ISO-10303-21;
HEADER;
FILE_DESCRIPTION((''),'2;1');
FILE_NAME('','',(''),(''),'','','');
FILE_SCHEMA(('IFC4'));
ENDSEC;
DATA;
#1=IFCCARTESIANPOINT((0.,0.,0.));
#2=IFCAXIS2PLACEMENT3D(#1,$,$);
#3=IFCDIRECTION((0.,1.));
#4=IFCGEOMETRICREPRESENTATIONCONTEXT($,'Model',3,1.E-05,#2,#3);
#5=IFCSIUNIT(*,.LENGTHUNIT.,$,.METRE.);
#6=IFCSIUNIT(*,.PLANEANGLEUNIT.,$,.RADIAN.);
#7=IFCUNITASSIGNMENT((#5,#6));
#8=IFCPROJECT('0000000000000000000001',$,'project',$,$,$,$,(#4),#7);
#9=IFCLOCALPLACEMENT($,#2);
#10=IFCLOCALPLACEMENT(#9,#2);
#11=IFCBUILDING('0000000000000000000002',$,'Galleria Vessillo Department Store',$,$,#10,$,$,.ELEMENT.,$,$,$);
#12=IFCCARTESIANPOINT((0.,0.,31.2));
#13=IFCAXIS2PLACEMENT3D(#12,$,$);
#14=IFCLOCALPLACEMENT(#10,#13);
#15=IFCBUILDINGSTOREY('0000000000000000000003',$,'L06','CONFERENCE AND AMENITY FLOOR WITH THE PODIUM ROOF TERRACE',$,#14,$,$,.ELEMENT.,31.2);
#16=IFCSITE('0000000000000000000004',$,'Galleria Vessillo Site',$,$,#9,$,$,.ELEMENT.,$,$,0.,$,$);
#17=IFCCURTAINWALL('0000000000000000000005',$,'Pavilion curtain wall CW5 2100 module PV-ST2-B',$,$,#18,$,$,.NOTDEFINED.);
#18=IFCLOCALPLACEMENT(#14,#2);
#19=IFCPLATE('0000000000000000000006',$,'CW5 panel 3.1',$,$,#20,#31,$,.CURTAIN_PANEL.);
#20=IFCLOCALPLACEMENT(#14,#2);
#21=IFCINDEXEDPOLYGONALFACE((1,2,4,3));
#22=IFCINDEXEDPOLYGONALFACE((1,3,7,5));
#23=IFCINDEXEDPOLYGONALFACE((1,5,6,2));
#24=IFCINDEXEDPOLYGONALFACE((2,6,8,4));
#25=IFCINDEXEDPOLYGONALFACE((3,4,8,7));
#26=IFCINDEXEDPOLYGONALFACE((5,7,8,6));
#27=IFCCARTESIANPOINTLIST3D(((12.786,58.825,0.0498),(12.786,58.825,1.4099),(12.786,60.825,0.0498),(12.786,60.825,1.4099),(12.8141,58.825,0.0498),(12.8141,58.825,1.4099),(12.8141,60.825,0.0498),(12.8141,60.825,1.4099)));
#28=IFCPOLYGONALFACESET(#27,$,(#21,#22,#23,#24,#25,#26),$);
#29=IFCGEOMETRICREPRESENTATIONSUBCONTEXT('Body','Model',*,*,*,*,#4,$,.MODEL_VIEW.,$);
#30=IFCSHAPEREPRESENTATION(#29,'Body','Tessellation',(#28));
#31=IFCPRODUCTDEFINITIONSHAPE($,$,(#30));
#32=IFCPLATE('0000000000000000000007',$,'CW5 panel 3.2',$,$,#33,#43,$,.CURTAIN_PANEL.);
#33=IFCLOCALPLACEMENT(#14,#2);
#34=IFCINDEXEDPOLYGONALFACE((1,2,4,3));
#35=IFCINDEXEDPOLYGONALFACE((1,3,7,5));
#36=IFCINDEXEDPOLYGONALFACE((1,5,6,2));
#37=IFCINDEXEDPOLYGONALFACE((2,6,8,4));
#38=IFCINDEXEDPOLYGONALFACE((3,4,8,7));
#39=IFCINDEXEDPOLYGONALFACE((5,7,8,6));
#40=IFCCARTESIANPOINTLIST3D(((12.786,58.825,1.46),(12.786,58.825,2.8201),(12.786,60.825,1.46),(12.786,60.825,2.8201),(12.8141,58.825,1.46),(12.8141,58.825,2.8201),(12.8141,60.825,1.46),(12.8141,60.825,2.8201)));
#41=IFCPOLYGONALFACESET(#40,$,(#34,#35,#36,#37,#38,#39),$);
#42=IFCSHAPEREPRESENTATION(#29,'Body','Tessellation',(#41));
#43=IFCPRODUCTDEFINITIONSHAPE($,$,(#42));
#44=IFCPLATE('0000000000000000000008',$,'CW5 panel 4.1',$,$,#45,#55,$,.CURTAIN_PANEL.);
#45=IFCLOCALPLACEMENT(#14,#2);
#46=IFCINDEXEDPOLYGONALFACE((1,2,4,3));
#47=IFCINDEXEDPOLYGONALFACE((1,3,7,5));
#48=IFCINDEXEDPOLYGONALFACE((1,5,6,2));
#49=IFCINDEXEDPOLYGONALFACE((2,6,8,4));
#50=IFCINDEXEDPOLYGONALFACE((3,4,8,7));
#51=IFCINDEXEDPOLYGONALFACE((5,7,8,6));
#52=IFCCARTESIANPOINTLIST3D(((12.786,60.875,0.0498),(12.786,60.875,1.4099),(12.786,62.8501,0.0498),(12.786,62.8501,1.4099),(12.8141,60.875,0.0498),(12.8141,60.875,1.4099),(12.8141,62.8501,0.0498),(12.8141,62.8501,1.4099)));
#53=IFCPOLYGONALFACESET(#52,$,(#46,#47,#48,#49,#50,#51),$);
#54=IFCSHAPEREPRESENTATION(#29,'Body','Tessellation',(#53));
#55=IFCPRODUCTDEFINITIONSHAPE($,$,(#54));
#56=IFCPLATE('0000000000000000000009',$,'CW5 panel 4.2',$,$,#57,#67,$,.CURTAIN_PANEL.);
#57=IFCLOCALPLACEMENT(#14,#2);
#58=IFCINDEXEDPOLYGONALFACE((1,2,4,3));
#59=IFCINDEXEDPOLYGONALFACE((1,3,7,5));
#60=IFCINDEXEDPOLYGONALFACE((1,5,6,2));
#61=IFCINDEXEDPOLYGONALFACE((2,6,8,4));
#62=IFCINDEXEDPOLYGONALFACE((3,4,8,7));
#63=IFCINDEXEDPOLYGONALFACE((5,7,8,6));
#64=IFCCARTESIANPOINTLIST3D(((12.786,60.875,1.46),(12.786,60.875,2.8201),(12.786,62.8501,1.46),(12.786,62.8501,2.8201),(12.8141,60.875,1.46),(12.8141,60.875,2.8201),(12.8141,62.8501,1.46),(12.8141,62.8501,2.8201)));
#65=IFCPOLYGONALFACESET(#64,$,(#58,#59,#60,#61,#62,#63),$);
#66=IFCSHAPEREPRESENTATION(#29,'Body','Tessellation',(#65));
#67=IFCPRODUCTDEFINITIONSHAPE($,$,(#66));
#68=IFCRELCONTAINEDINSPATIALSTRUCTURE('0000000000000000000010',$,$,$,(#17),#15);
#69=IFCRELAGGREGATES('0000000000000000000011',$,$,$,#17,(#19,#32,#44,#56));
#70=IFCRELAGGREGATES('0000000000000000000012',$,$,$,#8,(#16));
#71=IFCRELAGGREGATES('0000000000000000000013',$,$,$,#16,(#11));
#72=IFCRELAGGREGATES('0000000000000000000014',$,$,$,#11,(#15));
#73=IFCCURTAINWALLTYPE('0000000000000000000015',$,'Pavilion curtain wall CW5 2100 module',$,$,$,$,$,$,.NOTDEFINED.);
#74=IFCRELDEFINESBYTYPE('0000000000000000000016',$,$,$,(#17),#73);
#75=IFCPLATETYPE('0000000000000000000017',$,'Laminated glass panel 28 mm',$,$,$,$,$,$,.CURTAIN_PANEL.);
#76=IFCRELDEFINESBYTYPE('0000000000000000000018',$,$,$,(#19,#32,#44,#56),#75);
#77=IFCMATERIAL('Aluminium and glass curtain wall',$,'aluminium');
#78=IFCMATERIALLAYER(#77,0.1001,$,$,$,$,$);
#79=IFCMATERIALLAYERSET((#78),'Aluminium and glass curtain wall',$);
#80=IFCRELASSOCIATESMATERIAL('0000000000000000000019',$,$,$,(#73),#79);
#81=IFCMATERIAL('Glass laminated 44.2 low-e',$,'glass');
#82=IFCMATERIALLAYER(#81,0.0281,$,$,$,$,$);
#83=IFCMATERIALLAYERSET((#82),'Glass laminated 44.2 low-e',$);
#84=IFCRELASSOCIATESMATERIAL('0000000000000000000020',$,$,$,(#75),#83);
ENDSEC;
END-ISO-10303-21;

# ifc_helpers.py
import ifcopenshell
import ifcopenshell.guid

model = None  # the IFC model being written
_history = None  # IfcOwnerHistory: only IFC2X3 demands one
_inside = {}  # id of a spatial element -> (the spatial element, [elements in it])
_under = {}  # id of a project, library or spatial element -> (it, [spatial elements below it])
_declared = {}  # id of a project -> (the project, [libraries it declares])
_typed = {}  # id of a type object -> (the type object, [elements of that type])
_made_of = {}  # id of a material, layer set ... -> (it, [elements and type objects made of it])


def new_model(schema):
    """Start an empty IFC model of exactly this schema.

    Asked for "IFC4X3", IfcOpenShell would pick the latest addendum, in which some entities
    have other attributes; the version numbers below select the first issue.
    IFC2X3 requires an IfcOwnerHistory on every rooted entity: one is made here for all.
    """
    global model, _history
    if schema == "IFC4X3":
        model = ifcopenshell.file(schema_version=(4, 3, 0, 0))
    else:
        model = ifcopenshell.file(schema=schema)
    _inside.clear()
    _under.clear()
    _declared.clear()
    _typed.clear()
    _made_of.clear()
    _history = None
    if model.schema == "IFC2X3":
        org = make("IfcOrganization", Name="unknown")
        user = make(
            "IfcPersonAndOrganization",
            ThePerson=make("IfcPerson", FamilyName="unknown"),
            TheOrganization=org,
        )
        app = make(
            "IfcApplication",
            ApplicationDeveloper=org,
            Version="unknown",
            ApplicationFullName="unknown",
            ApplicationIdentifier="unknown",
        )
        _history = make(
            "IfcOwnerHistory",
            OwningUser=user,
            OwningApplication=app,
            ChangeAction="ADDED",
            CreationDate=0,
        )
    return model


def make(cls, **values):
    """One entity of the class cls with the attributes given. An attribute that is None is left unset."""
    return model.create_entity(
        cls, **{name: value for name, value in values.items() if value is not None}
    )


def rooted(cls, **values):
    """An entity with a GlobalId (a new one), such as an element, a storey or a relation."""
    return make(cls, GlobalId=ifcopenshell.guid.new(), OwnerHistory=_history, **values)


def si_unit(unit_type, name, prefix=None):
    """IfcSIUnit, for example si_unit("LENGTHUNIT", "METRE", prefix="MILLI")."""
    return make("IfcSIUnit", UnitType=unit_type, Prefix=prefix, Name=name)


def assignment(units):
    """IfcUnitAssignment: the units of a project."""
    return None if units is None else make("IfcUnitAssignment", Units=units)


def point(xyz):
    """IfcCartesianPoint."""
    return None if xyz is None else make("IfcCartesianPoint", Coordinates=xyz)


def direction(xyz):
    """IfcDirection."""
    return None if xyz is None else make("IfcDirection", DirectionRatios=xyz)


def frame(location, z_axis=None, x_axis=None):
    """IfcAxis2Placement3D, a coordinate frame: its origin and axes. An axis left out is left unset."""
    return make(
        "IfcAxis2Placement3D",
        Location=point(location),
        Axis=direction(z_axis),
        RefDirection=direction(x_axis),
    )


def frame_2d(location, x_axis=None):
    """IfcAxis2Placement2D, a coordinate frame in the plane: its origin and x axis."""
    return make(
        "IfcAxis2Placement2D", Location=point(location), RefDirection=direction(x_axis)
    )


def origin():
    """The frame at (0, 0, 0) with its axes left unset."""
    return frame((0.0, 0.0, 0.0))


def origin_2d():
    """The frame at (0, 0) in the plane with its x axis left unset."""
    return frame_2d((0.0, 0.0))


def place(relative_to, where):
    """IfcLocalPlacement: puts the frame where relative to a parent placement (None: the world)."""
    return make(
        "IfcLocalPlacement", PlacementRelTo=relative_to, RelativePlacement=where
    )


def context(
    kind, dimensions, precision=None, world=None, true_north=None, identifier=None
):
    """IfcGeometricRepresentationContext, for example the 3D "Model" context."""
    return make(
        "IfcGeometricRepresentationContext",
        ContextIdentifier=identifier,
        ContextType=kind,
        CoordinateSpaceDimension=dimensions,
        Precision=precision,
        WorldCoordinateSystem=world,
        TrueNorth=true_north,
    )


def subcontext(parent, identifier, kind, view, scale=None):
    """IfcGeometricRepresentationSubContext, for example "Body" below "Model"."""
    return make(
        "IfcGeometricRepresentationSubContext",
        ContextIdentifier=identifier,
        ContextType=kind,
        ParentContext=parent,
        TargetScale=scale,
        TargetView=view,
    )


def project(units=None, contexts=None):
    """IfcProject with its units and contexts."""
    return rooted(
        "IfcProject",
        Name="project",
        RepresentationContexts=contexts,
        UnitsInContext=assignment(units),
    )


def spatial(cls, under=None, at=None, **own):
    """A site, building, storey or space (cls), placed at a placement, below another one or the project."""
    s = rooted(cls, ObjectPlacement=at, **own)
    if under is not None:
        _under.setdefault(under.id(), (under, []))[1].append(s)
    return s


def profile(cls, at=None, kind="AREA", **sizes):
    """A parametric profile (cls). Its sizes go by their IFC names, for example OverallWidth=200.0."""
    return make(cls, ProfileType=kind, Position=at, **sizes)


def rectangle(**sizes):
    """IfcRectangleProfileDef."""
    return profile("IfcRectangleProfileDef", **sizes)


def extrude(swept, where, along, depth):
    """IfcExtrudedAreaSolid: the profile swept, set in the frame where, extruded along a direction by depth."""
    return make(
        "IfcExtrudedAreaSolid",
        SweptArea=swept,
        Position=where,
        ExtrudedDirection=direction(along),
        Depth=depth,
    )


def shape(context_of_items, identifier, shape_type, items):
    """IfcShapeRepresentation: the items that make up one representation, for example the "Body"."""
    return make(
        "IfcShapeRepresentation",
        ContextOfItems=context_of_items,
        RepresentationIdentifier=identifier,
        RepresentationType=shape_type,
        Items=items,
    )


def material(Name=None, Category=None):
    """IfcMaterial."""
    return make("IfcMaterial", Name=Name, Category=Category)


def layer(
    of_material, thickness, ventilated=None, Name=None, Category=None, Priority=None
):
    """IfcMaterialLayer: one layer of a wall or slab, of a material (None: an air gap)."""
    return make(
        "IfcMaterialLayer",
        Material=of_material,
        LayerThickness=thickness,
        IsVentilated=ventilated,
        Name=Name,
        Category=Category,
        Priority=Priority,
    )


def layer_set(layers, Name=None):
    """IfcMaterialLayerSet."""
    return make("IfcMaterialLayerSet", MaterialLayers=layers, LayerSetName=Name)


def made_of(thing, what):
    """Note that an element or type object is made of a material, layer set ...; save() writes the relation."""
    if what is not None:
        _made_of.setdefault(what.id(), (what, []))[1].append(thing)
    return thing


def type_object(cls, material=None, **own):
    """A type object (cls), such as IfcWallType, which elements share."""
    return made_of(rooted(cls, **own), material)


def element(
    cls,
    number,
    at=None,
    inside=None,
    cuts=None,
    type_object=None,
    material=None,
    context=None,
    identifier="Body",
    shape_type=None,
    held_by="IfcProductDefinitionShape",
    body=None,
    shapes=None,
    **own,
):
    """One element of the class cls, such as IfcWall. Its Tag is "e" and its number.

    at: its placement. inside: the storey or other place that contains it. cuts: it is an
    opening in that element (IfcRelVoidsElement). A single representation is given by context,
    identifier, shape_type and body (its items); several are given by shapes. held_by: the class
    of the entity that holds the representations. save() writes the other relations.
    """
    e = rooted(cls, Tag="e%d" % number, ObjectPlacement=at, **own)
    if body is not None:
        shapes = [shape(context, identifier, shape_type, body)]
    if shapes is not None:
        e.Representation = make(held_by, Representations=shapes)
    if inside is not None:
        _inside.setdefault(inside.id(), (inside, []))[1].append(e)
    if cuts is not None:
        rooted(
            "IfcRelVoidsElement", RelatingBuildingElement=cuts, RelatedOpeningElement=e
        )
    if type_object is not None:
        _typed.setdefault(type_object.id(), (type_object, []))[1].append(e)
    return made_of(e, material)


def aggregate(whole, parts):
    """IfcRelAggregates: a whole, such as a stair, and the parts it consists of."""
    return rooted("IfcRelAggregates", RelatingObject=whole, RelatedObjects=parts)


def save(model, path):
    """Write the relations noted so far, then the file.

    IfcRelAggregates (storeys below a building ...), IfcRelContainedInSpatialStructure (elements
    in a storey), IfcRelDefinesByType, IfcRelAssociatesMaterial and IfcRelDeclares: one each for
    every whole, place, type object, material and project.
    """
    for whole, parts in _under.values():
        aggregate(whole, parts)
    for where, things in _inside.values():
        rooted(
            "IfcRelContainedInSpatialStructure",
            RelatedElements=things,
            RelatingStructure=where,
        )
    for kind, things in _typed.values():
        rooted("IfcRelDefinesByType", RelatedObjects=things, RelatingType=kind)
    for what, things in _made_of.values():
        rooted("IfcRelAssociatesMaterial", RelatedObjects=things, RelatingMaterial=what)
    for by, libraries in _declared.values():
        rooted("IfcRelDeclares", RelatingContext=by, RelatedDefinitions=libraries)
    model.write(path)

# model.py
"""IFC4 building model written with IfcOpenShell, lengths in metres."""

from ifc_helpers import new_model, si_unit, direction, frame, origin, origin_2d, place, context, subcontext, project, spatial, rectangle, extrude, material, layer, layer_set, type_object, element, aggregate, save


model = new_model("IFC4")

# Units and contexts
model_context = context("Model", 3, precision=1e-05, world=origin(), true_north=direction((0.0, 1.0)))
body_context = subcontext(model_context, "Body", "Model", "MODEL_VIEW")
ifc_project = project(units=[si_unit("LENGTHUNIT", "METRE"), si_unit("PLANEANGLEUNIT", "RADIAN")], contexts=[model_context])

# Site, building, storey
site_placement = place(None, origin())
site = spatial("IfcSite", under=ifc_project, at=site_placement, Name="Galleria Vessillo Site", CompositionType="ELEMENT", RefElevation=0.0)
building_placement = place(site_placement, origin())
building = spatial("IfcBuilding", under=site, at=building_placement, Name="Galleria Vessillo Department Store", CompositionType="ELEMENT")
storey_placement = place(building_placement, frame((0.0, 0.0, 31.2)))
storey = spatial("IfcBuildingStorey", under=building, at=storey_placement, Name="L06", Description="CONFERENCE AND AMENITY FLOOR WITH THE PODIUM ROOF TERRACE", CompositionType="ELEMENT", Elevation=31.2)

# Curtain wall
ifc_material_1 = material(Name="Aluminium and glass curtain wall", Category="aluminium")
ifc_layer_1 = layer(ifc_material_1, 0.1001)
ifc_layer_set_1 = layer_set([ifc_layer_1], Name="Aluminium and glass curtain wall")
curtain_wall_type = type_object("IfcCurtainWallType", Name="Pavilion curtain wall CW5 2100 module", PredefinedType="NOTDEFINED", material=ifc_layer_set_1)
curtain_wall_placement = place(storey_placement, origin())
curtain_wall = element("IfcCurtainWall", 1, at=curtain_wall_placement, inside=storey, type_object=curtain_wall_type, Name="Pavilion curtain wall CW5 2100 module PV-ST2-B", PredefinedType="NOTDEFINED")

# Plates
ifc_material_2 = material(Name="Glass laminated 44.2 low-e", Category="glass")
ifc_layer_2 = layer(ifc_material_2, 0.0281)
ifc_layer_set_2 = layer_set([ifc_layer_2], Name="Glass laminated 44.2 low-e")
plate_type = type_object("IfcPlateType", Name="Laminated glass panel 28 mm", PredefinedType="CURTAIN_PANEL", material=ifc_layer_set_2)
plate_1_placement = place(storey_placement, frame((12.8, 59.825, 0.0498), z_axis=(0.0, 0.0, 1.0), x_axis=(0.0, 1.0, 0.0)))
plate_1 = element("IfcPlate", 2, at=plate_1_placement, type_object=plate_type, Name="CW5 panel 3.1", PredefinedType="CURTAIN_PANEL", context=body_context, shape_type="SweptSolid", body=[
    extrude(rectangle(XDim=2.0, YDim=0.0281, at=origin_2d()), origin(), (0.0, 0.0, 1.0), 1.3601),
])
plate_2_placement = place(storey_placement, frame((12.8, 59.825, 1.46), z_axis=(0.0, 0.0, 1.0), x_axis=(0.0, 1.0, 0.0)))
plate_2 = element("IfcPlate", 3, at=plate_2_placement, type_object=plate_type, Name="CW5 panel 3.2", PredefinedType="CURTAIN_PANEL", context=body_context, shape_type="SweptSolid", body=[
    extrude(rectangle(XDim=2.0, YDim=0.0281, at=origin_2d()), origin(), (0.0, 0.0, 1.0), 1.3601),
])
plate_3_placement = place(storey_placement, frame((12.8, 61.8625, 0.0498), z_axis=(0.0, 0.0, 1.0), x_axis=(0.0, 1.0, 0.0)))
plate_3 = element("IfcPlate", 4, at=plate_3_placement, type_object=plate_type, Name="CW5 panel 4.1", PredefinedType="CURTAIN_PANEL", context=body_context, shape_type="SweptSolid", body=[
    extrude(rectangle(XDim=1.9751, YDim=0.0281, at=origin_2d()), origin(), (0.0, 0.0, 1.0), 1.3601),
])
plate_4_placement = place(storey_placement, frame((12.8, 61.8625, 1.46), z_axis=(0.0, 0.0, 1.0), x_axis=(0.0, 1.0, 0.0)))
plate_4 = element("IfcPlate", 5, at=plate_4_placement, type_object=plate_type, Name="CW5 panel 4.2", PredefinedType="CURTAIN_PANEL", context=body_context, shape_type="SweptSolid", body=[
    extrude(rectangle(XDim=1.9751, YDim=0.0281, at=origin_2d()), origin(), (0.0, 0.0, 1.0), 1.3601),
])
aggregate(curtain_wall, [plate_1, plate_2, plate_3, plate_4])

save(model, "model.ifc")
